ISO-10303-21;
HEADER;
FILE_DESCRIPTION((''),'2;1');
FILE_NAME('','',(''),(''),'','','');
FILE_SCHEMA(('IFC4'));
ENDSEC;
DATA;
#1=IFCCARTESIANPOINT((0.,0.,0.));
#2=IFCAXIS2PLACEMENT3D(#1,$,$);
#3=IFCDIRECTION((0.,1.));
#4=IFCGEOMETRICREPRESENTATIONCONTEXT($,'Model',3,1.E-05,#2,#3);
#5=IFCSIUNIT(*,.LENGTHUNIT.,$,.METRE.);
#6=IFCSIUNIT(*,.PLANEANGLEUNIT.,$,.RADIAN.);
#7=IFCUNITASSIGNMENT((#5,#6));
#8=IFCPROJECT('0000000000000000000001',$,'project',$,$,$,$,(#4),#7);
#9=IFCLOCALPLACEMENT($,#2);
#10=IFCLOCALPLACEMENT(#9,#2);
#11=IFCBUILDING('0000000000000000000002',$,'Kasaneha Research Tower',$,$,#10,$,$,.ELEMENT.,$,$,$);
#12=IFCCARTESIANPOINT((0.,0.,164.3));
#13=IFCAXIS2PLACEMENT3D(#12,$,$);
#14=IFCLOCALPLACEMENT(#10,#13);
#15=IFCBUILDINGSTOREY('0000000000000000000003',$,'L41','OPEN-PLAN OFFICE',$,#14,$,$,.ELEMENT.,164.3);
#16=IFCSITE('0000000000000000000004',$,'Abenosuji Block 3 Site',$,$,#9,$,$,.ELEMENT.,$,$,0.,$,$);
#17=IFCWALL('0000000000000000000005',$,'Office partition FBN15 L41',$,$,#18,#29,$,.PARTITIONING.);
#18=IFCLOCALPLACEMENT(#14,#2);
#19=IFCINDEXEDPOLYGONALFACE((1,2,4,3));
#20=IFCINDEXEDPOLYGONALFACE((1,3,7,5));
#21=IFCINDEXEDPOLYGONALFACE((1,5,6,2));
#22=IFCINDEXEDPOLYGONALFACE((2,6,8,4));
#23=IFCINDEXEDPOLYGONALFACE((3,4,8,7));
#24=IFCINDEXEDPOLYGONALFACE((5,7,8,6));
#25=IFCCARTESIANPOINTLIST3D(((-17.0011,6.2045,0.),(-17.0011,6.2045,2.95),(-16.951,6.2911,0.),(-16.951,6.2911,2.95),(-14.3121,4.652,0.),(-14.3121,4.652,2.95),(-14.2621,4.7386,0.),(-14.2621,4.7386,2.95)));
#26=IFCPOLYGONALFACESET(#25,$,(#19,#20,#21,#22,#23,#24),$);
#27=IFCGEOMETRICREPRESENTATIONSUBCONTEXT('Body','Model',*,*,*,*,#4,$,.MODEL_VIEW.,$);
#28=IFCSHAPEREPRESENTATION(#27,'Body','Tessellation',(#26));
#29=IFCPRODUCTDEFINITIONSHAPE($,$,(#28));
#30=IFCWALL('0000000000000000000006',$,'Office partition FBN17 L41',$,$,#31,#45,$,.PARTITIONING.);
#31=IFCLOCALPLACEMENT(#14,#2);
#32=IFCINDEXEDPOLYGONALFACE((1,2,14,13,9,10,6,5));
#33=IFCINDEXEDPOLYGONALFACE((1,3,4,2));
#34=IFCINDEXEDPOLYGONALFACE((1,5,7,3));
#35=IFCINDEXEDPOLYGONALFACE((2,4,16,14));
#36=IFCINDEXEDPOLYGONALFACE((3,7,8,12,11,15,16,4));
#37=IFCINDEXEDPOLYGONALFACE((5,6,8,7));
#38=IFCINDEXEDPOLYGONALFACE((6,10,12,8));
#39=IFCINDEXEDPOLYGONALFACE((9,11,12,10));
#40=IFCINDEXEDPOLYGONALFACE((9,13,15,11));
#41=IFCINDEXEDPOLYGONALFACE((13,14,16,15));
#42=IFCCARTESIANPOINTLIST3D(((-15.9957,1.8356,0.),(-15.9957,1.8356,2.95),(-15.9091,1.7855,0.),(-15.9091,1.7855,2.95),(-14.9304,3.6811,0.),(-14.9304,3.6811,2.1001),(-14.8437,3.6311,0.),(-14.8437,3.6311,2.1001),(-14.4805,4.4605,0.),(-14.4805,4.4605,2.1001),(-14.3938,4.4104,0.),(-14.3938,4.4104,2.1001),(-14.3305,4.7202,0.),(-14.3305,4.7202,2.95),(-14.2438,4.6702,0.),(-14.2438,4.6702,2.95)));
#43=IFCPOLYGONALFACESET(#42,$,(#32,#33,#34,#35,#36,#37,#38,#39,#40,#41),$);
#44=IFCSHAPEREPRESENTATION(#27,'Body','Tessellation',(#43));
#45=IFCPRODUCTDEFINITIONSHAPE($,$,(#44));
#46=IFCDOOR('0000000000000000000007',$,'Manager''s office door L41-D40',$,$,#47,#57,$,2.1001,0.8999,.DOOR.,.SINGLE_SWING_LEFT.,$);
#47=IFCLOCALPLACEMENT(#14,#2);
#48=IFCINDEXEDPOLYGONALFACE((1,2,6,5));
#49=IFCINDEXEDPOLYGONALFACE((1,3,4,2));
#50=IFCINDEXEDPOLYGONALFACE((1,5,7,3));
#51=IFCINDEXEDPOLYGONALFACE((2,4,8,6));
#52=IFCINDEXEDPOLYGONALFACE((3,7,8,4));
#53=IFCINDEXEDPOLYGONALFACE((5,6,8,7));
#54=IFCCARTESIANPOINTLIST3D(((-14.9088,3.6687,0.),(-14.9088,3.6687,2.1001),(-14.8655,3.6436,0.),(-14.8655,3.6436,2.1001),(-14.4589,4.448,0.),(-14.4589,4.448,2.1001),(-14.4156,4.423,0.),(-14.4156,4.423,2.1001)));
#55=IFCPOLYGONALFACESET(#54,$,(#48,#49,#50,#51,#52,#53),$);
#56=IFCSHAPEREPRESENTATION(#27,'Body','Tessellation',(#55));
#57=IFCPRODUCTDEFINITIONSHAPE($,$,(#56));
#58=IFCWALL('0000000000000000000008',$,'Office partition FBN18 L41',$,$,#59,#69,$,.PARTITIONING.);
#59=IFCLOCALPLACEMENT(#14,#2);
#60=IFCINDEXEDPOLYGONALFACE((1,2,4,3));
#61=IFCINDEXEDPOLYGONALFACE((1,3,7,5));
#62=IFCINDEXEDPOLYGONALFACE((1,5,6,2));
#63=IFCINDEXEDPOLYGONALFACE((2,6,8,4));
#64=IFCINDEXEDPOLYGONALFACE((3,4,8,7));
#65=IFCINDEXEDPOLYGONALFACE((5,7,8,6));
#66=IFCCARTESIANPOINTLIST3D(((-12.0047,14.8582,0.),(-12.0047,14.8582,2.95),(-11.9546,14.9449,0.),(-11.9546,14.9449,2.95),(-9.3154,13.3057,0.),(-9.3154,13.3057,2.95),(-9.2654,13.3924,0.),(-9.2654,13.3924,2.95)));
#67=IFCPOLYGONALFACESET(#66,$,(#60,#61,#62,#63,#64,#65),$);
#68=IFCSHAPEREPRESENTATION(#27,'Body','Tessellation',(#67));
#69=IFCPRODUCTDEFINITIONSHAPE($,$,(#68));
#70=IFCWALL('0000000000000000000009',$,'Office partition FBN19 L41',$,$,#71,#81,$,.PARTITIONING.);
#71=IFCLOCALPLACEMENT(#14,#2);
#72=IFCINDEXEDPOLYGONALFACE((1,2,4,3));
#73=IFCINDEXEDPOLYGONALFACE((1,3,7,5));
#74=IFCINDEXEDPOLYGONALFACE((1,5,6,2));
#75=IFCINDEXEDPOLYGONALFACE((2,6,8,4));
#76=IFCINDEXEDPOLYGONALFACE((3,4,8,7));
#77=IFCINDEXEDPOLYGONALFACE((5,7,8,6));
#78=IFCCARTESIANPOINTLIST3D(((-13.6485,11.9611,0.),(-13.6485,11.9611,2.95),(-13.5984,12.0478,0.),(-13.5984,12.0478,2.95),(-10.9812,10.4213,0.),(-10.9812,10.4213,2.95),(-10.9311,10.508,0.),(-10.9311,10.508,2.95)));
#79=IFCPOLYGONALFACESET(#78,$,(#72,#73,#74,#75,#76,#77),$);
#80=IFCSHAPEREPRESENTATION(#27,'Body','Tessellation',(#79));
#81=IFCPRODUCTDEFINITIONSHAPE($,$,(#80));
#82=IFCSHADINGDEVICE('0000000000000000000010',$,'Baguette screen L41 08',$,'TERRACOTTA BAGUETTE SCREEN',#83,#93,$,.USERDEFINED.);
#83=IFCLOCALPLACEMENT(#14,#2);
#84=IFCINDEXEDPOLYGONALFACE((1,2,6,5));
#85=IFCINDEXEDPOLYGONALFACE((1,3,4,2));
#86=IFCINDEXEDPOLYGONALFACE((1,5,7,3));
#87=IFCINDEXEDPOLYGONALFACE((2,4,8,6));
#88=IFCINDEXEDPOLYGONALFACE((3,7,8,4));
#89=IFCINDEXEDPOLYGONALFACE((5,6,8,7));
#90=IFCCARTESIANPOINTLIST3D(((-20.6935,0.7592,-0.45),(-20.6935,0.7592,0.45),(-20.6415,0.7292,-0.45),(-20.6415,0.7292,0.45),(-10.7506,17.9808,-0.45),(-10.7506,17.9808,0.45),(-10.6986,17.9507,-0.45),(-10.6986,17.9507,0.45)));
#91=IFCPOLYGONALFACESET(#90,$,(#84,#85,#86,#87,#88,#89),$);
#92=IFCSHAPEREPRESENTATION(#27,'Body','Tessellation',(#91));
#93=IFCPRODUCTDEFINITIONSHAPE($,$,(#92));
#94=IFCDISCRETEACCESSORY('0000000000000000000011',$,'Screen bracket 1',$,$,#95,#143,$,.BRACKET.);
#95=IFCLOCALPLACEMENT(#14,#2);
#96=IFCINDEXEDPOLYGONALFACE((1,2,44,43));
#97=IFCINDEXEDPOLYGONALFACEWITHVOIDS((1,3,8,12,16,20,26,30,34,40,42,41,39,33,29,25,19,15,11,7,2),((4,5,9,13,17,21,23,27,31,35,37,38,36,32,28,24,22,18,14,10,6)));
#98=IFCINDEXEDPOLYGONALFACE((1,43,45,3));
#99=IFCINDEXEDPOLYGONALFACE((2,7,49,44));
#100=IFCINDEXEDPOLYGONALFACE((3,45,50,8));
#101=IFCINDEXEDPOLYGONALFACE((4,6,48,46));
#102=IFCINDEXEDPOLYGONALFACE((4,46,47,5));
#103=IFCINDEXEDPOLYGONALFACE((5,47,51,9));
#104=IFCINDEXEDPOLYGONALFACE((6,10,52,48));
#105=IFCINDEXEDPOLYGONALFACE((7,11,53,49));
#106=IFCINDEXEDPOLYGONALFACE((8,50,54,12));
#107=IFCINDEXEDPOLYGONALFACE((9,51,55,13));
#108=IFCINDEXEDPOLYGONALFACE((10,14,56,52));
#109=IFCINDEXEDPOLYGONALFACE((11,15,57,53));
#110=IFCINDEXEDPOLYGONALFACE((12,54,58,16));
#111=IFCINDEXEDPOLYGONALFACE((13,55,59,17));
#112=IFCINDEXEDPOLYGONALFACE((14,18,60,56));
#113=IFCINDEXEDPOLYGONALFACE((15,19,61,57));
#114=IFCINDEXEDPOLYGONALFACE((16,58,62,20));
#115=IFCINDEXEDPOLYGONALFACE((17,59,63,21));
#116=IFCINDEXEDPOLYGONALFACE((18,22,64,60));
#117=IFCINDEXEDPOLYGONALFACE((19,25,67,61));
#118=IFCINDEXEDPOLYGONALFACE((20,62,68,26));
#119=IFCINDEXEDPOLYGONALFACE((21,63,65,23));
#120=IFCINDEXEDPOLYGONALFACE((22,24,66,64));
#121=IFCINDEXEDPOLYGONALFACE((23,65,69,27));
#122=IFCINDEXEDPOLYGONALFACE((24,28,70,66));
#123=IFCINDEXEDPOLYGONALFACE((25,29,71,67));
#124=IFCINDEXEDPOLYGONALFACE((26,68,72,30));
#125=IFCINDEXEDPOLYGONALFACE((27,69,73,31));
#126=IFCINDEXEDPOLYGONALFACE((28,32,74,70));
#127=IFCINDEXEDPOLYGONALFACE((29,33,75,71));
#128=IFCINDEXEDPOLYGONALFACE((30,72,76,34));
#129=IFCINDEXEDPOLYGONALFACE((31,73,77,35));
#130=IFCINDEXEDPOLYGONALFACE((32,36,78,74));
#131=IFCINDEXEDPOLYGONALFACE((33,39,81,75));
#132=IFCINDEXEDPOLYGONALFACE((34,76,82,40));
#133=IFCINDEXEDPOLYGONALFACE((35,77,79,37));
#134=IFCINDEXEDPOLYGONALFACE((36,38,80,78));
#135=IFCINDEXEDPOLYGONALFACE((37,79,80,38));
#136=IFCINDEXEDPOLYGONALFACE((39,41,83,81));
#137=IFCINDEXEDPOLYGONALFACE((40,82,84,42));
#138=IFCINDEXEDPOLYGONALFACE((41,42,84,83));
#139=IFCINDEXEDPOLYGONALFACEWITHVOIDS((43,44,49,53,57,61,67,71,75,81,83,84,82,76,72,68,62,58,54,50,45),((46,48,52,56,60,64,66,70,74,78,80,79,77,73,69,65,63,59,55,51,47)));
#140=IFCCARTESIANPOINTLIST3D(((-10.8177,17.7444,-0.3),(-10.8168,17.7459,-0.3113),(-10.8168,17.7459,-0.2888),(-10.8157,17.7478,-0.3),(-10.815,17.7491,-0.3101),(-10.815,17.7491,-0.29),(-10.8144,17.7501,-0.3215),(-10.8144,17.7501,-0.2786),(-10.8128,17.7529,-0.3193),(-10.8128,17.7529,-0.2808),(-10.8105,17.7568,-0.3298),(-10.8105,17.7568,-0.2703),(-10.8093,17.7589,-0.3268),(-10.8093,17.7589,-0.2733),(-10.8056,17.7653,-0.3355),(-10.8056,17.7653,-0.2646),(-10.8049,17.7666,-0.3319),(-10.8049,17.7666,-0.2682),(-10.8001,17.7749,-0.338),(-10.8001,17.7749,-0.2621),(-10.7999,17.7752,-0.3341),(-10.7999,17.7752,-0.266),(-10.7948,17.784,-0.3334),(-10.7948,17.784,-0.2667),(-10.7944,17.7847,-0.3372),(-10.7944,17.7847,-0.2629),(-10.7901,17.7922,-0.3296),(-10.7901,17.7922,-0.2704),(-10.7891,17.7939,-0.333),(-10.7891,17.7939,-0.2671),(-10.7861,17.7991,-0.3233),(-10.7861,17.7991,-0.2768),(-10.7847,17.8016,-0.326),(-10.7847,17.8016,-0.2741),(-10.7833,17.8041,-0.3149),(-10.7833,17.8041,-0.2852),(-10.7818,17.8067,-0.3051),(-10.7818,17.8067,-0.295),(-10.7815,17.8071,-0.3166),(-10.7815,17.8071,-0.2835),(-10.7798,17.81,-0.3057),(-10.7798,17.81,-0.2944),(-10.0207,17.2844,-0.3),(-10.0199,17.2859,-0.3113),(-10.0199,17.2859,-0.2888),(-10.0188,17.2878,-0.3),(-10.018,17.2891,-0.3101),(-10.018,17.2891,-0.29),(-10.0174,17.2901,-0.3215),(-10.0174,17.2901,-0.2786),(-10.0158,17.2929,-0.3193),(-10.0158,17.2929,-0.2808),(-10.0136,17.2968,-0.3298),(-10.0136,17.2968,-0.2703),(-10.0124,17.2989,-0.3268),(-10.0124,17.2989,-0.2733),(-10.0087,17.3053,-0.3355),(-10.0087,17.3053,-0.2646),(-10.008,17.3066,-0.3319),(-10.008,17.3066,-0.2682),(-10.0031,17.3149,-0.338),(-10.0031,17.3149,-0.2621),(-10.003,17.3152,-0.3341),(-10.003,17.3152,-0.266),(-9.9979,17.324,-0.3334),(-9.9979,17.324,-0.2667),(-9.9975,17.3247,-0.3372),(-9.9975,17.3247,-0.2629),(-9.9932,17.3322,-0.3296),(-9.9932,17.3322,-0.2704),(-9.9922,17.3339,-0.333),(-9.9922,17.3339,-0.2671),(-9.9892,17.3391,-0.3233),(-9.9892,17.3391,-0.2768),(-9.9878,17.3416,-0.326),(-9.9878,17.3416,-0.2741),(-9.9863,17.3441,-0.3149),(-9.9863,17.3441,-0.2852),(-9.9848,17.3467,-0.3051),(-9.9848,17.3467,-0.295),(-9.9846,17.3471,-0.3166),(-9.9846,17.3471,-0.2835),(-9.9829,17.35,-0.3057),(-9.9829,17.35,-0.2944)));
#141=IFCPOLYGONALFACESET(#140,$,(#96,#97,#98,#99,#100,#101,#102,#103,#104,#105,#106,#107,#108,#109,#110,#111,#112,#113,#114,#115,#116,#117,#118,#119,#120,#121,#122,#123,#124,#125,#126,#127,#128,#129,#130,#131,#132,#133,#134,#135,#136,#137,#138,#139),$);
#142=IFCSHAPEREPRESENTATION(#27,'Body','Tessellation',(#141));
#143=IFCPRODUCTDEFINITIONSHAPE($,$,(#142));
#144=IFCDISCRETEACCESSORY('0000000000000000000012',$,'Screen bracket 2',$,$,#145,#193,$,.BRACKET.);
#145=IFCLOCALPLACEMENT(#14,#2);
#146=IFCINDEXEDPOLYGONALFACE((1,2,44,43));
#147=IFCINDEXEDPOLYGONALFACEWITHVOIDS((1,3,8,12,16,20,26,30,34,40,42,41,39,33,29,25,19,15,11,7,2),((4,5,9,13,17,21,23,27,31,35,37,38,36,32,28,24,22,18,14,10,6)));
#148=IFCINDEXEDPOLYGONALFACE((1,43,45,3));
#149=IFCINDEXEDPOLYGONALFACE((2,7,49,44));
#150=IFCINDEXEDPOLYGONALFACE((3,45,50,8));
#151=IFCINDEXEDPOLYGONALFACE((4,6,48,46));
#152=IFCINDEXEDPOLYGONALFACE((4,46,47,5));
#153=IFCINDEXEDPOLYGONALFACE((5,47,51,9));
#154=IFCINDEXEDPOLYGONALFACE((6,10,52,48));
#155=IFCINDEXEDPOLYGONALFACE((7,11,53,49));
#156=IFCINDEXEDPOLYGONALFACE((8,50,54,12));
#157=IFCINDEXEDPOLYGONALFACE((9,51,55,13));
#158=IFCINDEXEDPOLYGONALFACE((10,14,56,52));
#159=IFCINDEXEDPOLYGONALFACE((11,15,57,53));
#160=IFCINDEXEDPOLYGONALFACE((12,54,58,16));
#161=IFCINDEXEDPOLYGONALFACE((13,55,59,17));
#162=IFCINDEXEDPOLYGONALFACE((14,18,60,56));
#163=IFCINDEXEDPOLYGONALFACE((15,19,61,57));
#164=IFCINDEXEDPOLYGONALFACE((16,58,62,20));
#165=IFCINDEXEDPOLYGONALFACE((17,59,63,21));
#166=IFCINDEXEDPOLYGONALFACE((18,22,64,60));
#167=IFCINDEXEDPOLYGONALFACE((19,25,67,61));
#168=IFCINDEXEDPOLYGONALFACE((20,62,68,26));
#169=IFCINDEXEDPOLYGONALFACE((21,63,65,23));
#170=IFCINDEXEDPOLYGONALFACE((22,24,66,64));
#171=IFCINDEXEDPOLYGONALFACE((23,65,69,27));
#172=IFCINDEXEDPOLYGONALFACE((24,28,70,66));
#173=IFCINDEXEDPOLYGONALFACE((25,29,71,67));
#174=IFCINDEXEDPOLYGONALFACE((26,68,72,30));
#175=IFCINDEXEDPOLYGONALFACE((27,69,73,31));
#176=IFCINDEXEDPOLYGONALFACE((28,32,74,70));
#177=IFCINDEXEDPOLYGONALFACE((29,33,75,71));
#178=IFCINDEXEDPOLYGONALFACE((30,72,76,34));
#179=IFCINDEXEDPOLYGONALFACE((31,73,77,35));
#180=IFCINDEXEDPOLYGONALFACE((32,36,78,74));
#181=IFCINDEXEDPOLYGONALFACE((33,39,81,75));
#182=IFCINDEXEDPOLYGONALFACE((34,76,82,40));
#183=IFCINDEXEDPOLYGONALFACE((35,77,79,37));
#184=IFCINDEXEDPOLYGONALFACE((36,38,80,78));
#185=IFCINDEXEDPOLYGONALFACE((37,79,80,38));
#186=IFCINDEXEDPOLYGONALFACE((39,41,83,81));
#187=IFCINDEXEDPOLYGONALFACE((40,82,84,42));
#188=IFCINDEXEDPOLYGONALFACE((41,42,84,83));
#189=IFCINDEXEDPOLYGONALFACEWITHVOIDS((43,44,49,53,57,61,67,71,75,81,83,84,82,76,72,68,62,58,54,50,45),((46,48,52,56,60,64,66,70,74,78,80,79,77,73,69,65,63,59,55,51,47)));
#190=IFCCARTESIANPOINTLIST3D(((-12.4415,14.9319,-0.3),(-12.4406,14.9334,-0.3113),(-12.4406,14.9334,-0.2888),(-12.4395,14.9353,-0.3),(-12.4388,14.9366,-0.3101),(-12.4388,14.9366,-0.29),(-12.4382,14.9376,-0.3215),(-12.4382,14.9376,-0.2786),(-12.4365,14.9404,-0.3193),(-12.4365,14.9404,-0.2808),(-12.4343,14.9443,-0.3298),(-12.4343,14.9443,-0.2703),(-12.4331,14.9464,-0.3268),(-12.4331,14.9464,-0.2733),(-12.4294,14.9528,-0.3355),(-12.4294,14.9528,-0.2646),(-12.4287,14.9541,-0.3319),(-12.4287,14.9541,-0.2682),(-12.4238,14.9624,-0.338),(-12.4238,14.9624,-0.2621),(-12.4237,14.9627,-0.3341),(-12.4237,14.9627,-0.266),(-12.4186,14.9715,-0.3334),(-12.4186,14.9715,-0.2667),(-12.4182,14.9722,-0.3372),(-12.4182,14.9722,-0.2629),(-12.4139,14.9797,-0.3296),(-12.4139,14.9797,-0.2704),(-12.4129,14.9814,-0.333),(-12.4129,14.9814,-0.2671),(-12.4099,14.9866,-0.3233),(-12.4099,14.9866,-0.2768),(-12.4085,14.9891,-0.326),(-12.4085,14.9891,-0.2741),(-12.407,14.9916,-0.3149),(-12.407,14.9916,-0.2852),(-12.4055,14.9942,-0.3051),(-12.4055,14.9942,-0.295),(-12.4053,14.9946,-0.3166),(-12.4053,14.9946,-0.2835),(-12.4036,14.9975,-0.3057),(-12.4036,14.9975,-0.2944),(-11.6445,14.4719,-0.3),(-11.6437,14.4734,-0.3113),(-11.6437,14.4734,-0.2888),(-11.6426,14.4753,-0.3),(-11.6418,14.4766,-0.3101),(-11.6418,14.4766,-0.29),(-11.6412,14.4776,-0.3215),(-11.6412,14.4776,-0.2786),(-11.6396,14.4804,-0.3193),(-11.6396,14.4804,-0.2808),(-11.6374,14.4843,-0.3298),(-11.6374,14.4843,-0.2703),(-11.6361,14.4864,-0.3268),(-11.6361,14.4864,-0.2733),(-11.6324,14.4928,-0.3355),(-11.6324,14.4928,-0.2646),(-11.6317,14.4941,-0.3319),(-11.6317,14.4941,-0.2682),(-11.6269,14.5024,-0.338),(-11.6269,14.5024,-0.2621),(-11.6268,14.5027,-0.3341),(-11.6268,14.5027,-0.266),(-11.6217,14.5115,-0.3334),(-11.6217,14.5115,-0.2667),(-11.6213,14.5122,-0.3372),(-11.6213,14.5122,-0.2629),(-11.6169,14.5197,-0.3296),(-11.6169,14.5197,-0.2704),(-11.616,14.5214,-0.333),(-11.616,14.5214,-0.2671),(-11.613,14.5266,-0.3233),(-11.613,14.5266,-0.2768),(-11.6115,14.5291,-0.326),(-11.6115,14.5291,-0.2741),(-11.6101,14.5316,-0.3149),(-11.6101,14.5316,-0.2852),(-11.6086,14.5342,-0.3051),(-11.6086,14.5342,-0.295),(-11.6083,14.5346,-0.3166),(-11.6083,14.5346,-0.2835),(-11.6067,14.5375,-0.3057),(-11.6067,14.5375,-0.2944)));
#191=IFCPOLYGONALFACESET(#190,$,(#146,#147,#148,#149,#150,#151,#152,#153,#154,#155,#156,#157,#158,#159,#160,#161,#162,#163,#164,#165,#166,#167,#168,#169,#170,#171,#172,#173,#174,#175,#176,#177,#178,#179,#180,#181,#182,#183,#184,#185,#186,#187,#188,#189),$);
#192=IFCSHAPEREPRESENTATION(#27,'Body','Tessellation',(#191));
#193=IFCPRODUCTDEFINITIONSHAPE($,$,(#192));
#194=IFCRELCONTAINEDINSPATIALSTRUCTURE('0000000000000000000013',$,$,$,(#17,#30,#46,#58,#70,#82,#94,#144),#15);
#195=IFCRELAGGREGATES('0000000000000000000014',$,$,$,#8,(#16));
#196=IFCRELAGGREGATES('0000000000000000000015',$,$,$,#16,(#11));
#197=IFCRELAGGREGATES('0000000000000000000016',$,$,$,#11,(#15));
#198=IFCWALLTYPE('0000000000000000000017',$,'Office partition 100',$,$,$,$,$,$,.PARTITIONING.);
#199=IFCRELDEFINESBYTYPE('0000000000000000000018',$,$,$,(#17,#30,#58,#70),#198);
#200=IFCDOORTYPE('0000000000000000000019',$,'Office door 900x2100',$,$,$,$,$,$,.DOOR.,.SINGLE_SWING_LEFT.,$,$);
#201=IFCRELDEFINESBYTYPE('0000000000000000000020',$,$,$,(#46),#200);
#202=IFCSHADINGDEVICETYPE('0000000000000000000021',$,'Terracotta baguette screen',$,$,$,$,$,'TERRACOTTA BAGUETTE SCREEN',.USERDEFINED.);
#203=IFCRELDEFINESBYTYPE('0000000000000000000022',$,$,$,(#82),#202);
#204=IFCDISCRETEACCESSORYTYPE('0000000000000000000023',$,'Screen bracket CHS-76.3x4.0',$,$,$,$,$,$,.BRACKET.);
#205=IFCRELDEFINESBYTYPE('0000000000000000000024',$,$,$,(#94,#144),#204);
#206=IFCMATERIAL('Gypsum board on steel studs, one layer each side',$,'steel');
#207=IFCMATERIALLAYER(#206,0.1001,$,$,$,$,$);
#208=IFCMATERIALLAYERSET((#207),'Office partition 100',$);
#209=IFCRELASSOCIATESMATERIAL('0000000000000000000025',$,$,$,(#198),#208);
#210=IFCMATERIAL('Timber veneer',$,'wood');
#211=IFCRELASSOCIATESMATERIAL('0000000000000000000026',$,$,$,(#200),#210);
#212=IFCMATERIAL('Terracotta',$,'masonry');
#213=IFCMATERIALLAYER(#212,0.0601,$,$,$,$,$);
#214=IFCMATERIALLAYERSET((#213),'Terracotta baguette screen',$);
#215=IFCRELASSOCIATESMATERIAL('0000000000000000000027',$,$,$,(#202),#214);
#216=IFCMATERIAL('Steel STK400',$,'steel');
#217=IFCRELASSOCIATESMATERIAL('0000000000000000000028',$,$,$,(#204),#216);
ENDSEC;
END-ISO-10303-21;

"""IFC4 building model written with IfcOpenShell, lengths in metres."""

from ifc_helpers import new_model, si_unit, direction, frame, frame_2d, origin, origin_2d, place, context, subcontext, project, spatial, rectangle, hollow_circle, extrude, material, layer, layer_set, material_profile, profile_set, type_object, element, fill, save


model = new_model("IFC4")

# Units and contexts
model_context = context("Model", 3, precision=1e-05, world=origin(), true_north=direction((0.0, 1.0)))
body_context = subcontext(model_context, "Body", "Model", "MODEL_VIEW")
ifc_project = project(units=[si_unit("LENGTHUNIT", "METRE"), si_unit("PLANEANGLEUNIT", "RADIAN")], contexts=[model_context])

# Site, building, storey
site_placement = place(None, origin())
site = spatial("IfcSite", under=ifc_project, at=site_placement, Name="Abenosuji Block 3 Site", CompositionType="ELEMENT", RefElevation=0.0)
building_placement = place(site_placement, origin())
building = spatial("IfcBuilding", under=site, at=building_placement, Name="Kasaneha Research Tower", CompositionType="ELEMENT")
storey_placement = place(building_placement, frame((0.0, 0.0, 164.3)))
storey = spatial("IfcBuildingStorey", under=building, at=storey_placement, Name="L41", Description="OPEN-PLAN OFFICE", CompositionType="ELEMENT", Elevation=164.3)

# Wall
ifc_material_1 = material(Name="Gypsum board on steel studs, one layer each side", Category="steel")
ifc_layer_1 = layer(ifc_material_1, 0.1001)
ifc_layer_set_1 = layer_set([ifc_layer_1], Name="Office partition 100")
wall_type = type_object("IfcWallType", Name="Office partition 100", PredefinedType="PARTITIONING", material=ifc_layer_set_1)
wall_1_placement = place(storey_placement, frame((-16.9761, 6.2478, 0.0), z_axis=(0.0, 0.0, 1.0), x_axis=(0.866023, -0.500004, 0.0)))
element("IfcWall", 1, at=wall_1_placement, inside=storey, type_object=wall_type, Name="Office partition FBN15 L41", PredefinedType="PARTITIONING", context=body_context, shape_type="SweptSolid", body=[
    extrude(rectangle(XDim=3.105, YDim=0.1001, at=frame_2d((1.5525, 0.0))), origin(), (0.0, 0.0, 1.0), 2.95),
])

# Wall, opening, door
wall_2_placement = place(storey_placement, frame((-14.2871, 4.6953, 0.0), z_axis=(0.0, 0.0, 1.0), x_axis=(-0.499947, -0.866056, 0.0)))
wall_2 = element("IfcWall", 2, at=wall_2_placement, inside=storey, type_object=wall_type, Name="Office partition FBN17 L41", PredefinedType="PARTITIONING", context=body_context, shape_type="SweptSolid", body=[
    extrude(rectangle(XDim=3.3308, YDim=0.1001, at=frame_2d((1.6655, 0.0))), origin(), (0.0, 0.0, 1.0), 2.95),
])
opening_placement = place(wall_2_placement, frame((0.3, 0.0, 0.0)))
opening = element("IfcOpeningElement", 3, at=opening_placement, cuts=wall_2, PredefinedType="OPENING", context=body_context, shape_type="SweptSolid", body=[
    extrude(rectangle(XDim=0.8999, YDim=2.1001, at=frame_2d((0.45, 1.05))), frame((0.0, 0.0601, 0.0), z_axis=(0.0, -1.0, 0.0), x_axis=(1.0, 0.0, 0.0)), (0.0, 0.0, 1.0), 0.1201),
])
ifc_material_2 = material(Name="Timber veneer", Category="wood")
door_type = type_object("IfcDoorType", Name="Office door 900x2100", OperationType="SINGLE_SWING_LEFT", PredefinedType="DOOR", material=ifc_material_2)
door_placement = place(opening_placement, origin())
door = element("IfcDoor", 4, at=door_placement, inside=storey, type_object=door_type, Name="Manager's office door L41-D40", OperationType="SINGLE_SWING_LEFT", OverallHeight=2.1001, OverallWidth=0.8999, PredefinedType="DOOR", context=body_context, shape_type="SweptSolid", body=[
    extrude(rectangle(XDim=0.8999, YDim=2.1001, at=frame_2d((0.45, 1.05))), frame((0.0, 0.0249, 0.0), z_axis=(0.0, -1.0, 0.0), x_axis=(1.0, 0.0, 0.0)), (0.0, 0.0, 1.0), 0.05),
])
fill(opening, door)

# Walls
wall_3_placement = place(storey_placement, frame((-11.9797, 14.9016, 0.0), z_axis=(0.0, 0.0, 1.0), x_axis=(0.866043, -0.49997, 0.0)))
element("IfcWall", 5, at=wall_3_placement, inside=storey, type_object=wall_type, Name="Office partition FBN18 L41", PredefinedType="PARTITIONING", context=body_context, shape_type="SweptSolid", body=[
    extrude(rectangle(XDim=3.1052, YDim=0.1001, at=frame_2d((1.5527, 0.0))), origin(), (0.0, 0.0, 1.0), 2.95),
])
wall_4_placement = place(storey_placement, frame((-10.9561, 10.4646, 0.0), z_axis=(0.0, 0.0, 1.0), x_axis=(-0.866044, 0.499967, 0.0)))
element("IfcWall", 6, at=wall_4_placement, inside=storey, type_object=wall_type, Name="Office partition FBN19 L41", PredefinedType="PARTITIONING", context=body_context, shape_type="SweptSolid", body=[
    extrude(rectangle(XDim=3.0798, YDim=0.1001, at=frame_2d((1.54, 0.0))), origin(), (0.0, 0.0, 1.0), 2.95),
])

# Shading device
ifc_material_3 = material(Name="Terracotta", Category="masonry")
ifc_layer_2 = layer(ifc_material_3, 0.0601)
ifc_layer_set_2 = layer_set([ifc_layer_2], Name="Terracotta baguette screen")
shading_device_type = type_object("IfcShadingDeviceType", Name="Terracotta baguette screen", ElementType="TERRACOTTA BAGUETTE SCREEN", PredefinedType="USERDEFINED", material=ifc_layer_set_2)
shading_device_placement = place(storey_placement, frame((-15.696, 9.355, -0.45), z_axis=(0.0, 0.0, 1.0), x_axis=(-0.5, -0.866025, 0.0)))
element("IfcShadingDevice", 7, at=shading_device_placement, inside=storey, type_object=shading_device_type, Name="Baguette screen L41 08", ObjectType="TERRACOTTA BAGUETTE SCREEN", PredefinedType="USERDEFINED", context=body_context, shape_type="SweptSolid", body=[
    extrude(rectangle(XDim=19.8857, YDim=0.0601, at=origin_2d()), origin(), (0.0, 0.0, 1.0), 0.8999),
])

# Discrete accessories
ifc_material_4 = material(Name="Steel STK400", Category="steel")
ifc_material_profile_1 = material_profile(ifc_material_4, hollow_circle(Radius=0.0381, WallThickness=0.0039, at=origin_2d()), Name="CHS-76.3x4.0")
ifc_profile_set_1 = profile_set([ifc_material_profile_1], Name="Steel STK400")
discrete_accessory_type = type_object("IfcDiscreteAccessoryType", Name="Screen bracket CHS-76.3x4.0", PredefinedType="BRACKET", material=ifc_profile_set_1)
for number, where, z_axis, x_axis, name in (
    (8, (-10.0017, 17.3174, -0.3), (-0.86608, 0.499906, 0.0), (-0.499906, -0.86608, 0.0), "Screen bracket 1"),
    (9, (-11.6255, 14.5049, -0.3), (-0.86608, 0.499906, 0.0), (-0.499906, -0.86608, 0.0), "Screen bracket 2"),
):
    element("IfcDiscreteAccessory", number, at=place(storey_placement, frame(where, z_axis=z_axis, x_axis=x_axis)), inside=storey, type_object=discrete_accessory_type, Name=name, PredefinedType="BRACKET", context=body_context, shape_type="SweptSolid", body=[
        extrude(hollow_circle(Radius=0.0381, WallThickness=0.0039, at=origin_2d()), origin(), (0.0, 0.0, 1.0), 0.9202),
    ])

save(model, "model.ifc")
